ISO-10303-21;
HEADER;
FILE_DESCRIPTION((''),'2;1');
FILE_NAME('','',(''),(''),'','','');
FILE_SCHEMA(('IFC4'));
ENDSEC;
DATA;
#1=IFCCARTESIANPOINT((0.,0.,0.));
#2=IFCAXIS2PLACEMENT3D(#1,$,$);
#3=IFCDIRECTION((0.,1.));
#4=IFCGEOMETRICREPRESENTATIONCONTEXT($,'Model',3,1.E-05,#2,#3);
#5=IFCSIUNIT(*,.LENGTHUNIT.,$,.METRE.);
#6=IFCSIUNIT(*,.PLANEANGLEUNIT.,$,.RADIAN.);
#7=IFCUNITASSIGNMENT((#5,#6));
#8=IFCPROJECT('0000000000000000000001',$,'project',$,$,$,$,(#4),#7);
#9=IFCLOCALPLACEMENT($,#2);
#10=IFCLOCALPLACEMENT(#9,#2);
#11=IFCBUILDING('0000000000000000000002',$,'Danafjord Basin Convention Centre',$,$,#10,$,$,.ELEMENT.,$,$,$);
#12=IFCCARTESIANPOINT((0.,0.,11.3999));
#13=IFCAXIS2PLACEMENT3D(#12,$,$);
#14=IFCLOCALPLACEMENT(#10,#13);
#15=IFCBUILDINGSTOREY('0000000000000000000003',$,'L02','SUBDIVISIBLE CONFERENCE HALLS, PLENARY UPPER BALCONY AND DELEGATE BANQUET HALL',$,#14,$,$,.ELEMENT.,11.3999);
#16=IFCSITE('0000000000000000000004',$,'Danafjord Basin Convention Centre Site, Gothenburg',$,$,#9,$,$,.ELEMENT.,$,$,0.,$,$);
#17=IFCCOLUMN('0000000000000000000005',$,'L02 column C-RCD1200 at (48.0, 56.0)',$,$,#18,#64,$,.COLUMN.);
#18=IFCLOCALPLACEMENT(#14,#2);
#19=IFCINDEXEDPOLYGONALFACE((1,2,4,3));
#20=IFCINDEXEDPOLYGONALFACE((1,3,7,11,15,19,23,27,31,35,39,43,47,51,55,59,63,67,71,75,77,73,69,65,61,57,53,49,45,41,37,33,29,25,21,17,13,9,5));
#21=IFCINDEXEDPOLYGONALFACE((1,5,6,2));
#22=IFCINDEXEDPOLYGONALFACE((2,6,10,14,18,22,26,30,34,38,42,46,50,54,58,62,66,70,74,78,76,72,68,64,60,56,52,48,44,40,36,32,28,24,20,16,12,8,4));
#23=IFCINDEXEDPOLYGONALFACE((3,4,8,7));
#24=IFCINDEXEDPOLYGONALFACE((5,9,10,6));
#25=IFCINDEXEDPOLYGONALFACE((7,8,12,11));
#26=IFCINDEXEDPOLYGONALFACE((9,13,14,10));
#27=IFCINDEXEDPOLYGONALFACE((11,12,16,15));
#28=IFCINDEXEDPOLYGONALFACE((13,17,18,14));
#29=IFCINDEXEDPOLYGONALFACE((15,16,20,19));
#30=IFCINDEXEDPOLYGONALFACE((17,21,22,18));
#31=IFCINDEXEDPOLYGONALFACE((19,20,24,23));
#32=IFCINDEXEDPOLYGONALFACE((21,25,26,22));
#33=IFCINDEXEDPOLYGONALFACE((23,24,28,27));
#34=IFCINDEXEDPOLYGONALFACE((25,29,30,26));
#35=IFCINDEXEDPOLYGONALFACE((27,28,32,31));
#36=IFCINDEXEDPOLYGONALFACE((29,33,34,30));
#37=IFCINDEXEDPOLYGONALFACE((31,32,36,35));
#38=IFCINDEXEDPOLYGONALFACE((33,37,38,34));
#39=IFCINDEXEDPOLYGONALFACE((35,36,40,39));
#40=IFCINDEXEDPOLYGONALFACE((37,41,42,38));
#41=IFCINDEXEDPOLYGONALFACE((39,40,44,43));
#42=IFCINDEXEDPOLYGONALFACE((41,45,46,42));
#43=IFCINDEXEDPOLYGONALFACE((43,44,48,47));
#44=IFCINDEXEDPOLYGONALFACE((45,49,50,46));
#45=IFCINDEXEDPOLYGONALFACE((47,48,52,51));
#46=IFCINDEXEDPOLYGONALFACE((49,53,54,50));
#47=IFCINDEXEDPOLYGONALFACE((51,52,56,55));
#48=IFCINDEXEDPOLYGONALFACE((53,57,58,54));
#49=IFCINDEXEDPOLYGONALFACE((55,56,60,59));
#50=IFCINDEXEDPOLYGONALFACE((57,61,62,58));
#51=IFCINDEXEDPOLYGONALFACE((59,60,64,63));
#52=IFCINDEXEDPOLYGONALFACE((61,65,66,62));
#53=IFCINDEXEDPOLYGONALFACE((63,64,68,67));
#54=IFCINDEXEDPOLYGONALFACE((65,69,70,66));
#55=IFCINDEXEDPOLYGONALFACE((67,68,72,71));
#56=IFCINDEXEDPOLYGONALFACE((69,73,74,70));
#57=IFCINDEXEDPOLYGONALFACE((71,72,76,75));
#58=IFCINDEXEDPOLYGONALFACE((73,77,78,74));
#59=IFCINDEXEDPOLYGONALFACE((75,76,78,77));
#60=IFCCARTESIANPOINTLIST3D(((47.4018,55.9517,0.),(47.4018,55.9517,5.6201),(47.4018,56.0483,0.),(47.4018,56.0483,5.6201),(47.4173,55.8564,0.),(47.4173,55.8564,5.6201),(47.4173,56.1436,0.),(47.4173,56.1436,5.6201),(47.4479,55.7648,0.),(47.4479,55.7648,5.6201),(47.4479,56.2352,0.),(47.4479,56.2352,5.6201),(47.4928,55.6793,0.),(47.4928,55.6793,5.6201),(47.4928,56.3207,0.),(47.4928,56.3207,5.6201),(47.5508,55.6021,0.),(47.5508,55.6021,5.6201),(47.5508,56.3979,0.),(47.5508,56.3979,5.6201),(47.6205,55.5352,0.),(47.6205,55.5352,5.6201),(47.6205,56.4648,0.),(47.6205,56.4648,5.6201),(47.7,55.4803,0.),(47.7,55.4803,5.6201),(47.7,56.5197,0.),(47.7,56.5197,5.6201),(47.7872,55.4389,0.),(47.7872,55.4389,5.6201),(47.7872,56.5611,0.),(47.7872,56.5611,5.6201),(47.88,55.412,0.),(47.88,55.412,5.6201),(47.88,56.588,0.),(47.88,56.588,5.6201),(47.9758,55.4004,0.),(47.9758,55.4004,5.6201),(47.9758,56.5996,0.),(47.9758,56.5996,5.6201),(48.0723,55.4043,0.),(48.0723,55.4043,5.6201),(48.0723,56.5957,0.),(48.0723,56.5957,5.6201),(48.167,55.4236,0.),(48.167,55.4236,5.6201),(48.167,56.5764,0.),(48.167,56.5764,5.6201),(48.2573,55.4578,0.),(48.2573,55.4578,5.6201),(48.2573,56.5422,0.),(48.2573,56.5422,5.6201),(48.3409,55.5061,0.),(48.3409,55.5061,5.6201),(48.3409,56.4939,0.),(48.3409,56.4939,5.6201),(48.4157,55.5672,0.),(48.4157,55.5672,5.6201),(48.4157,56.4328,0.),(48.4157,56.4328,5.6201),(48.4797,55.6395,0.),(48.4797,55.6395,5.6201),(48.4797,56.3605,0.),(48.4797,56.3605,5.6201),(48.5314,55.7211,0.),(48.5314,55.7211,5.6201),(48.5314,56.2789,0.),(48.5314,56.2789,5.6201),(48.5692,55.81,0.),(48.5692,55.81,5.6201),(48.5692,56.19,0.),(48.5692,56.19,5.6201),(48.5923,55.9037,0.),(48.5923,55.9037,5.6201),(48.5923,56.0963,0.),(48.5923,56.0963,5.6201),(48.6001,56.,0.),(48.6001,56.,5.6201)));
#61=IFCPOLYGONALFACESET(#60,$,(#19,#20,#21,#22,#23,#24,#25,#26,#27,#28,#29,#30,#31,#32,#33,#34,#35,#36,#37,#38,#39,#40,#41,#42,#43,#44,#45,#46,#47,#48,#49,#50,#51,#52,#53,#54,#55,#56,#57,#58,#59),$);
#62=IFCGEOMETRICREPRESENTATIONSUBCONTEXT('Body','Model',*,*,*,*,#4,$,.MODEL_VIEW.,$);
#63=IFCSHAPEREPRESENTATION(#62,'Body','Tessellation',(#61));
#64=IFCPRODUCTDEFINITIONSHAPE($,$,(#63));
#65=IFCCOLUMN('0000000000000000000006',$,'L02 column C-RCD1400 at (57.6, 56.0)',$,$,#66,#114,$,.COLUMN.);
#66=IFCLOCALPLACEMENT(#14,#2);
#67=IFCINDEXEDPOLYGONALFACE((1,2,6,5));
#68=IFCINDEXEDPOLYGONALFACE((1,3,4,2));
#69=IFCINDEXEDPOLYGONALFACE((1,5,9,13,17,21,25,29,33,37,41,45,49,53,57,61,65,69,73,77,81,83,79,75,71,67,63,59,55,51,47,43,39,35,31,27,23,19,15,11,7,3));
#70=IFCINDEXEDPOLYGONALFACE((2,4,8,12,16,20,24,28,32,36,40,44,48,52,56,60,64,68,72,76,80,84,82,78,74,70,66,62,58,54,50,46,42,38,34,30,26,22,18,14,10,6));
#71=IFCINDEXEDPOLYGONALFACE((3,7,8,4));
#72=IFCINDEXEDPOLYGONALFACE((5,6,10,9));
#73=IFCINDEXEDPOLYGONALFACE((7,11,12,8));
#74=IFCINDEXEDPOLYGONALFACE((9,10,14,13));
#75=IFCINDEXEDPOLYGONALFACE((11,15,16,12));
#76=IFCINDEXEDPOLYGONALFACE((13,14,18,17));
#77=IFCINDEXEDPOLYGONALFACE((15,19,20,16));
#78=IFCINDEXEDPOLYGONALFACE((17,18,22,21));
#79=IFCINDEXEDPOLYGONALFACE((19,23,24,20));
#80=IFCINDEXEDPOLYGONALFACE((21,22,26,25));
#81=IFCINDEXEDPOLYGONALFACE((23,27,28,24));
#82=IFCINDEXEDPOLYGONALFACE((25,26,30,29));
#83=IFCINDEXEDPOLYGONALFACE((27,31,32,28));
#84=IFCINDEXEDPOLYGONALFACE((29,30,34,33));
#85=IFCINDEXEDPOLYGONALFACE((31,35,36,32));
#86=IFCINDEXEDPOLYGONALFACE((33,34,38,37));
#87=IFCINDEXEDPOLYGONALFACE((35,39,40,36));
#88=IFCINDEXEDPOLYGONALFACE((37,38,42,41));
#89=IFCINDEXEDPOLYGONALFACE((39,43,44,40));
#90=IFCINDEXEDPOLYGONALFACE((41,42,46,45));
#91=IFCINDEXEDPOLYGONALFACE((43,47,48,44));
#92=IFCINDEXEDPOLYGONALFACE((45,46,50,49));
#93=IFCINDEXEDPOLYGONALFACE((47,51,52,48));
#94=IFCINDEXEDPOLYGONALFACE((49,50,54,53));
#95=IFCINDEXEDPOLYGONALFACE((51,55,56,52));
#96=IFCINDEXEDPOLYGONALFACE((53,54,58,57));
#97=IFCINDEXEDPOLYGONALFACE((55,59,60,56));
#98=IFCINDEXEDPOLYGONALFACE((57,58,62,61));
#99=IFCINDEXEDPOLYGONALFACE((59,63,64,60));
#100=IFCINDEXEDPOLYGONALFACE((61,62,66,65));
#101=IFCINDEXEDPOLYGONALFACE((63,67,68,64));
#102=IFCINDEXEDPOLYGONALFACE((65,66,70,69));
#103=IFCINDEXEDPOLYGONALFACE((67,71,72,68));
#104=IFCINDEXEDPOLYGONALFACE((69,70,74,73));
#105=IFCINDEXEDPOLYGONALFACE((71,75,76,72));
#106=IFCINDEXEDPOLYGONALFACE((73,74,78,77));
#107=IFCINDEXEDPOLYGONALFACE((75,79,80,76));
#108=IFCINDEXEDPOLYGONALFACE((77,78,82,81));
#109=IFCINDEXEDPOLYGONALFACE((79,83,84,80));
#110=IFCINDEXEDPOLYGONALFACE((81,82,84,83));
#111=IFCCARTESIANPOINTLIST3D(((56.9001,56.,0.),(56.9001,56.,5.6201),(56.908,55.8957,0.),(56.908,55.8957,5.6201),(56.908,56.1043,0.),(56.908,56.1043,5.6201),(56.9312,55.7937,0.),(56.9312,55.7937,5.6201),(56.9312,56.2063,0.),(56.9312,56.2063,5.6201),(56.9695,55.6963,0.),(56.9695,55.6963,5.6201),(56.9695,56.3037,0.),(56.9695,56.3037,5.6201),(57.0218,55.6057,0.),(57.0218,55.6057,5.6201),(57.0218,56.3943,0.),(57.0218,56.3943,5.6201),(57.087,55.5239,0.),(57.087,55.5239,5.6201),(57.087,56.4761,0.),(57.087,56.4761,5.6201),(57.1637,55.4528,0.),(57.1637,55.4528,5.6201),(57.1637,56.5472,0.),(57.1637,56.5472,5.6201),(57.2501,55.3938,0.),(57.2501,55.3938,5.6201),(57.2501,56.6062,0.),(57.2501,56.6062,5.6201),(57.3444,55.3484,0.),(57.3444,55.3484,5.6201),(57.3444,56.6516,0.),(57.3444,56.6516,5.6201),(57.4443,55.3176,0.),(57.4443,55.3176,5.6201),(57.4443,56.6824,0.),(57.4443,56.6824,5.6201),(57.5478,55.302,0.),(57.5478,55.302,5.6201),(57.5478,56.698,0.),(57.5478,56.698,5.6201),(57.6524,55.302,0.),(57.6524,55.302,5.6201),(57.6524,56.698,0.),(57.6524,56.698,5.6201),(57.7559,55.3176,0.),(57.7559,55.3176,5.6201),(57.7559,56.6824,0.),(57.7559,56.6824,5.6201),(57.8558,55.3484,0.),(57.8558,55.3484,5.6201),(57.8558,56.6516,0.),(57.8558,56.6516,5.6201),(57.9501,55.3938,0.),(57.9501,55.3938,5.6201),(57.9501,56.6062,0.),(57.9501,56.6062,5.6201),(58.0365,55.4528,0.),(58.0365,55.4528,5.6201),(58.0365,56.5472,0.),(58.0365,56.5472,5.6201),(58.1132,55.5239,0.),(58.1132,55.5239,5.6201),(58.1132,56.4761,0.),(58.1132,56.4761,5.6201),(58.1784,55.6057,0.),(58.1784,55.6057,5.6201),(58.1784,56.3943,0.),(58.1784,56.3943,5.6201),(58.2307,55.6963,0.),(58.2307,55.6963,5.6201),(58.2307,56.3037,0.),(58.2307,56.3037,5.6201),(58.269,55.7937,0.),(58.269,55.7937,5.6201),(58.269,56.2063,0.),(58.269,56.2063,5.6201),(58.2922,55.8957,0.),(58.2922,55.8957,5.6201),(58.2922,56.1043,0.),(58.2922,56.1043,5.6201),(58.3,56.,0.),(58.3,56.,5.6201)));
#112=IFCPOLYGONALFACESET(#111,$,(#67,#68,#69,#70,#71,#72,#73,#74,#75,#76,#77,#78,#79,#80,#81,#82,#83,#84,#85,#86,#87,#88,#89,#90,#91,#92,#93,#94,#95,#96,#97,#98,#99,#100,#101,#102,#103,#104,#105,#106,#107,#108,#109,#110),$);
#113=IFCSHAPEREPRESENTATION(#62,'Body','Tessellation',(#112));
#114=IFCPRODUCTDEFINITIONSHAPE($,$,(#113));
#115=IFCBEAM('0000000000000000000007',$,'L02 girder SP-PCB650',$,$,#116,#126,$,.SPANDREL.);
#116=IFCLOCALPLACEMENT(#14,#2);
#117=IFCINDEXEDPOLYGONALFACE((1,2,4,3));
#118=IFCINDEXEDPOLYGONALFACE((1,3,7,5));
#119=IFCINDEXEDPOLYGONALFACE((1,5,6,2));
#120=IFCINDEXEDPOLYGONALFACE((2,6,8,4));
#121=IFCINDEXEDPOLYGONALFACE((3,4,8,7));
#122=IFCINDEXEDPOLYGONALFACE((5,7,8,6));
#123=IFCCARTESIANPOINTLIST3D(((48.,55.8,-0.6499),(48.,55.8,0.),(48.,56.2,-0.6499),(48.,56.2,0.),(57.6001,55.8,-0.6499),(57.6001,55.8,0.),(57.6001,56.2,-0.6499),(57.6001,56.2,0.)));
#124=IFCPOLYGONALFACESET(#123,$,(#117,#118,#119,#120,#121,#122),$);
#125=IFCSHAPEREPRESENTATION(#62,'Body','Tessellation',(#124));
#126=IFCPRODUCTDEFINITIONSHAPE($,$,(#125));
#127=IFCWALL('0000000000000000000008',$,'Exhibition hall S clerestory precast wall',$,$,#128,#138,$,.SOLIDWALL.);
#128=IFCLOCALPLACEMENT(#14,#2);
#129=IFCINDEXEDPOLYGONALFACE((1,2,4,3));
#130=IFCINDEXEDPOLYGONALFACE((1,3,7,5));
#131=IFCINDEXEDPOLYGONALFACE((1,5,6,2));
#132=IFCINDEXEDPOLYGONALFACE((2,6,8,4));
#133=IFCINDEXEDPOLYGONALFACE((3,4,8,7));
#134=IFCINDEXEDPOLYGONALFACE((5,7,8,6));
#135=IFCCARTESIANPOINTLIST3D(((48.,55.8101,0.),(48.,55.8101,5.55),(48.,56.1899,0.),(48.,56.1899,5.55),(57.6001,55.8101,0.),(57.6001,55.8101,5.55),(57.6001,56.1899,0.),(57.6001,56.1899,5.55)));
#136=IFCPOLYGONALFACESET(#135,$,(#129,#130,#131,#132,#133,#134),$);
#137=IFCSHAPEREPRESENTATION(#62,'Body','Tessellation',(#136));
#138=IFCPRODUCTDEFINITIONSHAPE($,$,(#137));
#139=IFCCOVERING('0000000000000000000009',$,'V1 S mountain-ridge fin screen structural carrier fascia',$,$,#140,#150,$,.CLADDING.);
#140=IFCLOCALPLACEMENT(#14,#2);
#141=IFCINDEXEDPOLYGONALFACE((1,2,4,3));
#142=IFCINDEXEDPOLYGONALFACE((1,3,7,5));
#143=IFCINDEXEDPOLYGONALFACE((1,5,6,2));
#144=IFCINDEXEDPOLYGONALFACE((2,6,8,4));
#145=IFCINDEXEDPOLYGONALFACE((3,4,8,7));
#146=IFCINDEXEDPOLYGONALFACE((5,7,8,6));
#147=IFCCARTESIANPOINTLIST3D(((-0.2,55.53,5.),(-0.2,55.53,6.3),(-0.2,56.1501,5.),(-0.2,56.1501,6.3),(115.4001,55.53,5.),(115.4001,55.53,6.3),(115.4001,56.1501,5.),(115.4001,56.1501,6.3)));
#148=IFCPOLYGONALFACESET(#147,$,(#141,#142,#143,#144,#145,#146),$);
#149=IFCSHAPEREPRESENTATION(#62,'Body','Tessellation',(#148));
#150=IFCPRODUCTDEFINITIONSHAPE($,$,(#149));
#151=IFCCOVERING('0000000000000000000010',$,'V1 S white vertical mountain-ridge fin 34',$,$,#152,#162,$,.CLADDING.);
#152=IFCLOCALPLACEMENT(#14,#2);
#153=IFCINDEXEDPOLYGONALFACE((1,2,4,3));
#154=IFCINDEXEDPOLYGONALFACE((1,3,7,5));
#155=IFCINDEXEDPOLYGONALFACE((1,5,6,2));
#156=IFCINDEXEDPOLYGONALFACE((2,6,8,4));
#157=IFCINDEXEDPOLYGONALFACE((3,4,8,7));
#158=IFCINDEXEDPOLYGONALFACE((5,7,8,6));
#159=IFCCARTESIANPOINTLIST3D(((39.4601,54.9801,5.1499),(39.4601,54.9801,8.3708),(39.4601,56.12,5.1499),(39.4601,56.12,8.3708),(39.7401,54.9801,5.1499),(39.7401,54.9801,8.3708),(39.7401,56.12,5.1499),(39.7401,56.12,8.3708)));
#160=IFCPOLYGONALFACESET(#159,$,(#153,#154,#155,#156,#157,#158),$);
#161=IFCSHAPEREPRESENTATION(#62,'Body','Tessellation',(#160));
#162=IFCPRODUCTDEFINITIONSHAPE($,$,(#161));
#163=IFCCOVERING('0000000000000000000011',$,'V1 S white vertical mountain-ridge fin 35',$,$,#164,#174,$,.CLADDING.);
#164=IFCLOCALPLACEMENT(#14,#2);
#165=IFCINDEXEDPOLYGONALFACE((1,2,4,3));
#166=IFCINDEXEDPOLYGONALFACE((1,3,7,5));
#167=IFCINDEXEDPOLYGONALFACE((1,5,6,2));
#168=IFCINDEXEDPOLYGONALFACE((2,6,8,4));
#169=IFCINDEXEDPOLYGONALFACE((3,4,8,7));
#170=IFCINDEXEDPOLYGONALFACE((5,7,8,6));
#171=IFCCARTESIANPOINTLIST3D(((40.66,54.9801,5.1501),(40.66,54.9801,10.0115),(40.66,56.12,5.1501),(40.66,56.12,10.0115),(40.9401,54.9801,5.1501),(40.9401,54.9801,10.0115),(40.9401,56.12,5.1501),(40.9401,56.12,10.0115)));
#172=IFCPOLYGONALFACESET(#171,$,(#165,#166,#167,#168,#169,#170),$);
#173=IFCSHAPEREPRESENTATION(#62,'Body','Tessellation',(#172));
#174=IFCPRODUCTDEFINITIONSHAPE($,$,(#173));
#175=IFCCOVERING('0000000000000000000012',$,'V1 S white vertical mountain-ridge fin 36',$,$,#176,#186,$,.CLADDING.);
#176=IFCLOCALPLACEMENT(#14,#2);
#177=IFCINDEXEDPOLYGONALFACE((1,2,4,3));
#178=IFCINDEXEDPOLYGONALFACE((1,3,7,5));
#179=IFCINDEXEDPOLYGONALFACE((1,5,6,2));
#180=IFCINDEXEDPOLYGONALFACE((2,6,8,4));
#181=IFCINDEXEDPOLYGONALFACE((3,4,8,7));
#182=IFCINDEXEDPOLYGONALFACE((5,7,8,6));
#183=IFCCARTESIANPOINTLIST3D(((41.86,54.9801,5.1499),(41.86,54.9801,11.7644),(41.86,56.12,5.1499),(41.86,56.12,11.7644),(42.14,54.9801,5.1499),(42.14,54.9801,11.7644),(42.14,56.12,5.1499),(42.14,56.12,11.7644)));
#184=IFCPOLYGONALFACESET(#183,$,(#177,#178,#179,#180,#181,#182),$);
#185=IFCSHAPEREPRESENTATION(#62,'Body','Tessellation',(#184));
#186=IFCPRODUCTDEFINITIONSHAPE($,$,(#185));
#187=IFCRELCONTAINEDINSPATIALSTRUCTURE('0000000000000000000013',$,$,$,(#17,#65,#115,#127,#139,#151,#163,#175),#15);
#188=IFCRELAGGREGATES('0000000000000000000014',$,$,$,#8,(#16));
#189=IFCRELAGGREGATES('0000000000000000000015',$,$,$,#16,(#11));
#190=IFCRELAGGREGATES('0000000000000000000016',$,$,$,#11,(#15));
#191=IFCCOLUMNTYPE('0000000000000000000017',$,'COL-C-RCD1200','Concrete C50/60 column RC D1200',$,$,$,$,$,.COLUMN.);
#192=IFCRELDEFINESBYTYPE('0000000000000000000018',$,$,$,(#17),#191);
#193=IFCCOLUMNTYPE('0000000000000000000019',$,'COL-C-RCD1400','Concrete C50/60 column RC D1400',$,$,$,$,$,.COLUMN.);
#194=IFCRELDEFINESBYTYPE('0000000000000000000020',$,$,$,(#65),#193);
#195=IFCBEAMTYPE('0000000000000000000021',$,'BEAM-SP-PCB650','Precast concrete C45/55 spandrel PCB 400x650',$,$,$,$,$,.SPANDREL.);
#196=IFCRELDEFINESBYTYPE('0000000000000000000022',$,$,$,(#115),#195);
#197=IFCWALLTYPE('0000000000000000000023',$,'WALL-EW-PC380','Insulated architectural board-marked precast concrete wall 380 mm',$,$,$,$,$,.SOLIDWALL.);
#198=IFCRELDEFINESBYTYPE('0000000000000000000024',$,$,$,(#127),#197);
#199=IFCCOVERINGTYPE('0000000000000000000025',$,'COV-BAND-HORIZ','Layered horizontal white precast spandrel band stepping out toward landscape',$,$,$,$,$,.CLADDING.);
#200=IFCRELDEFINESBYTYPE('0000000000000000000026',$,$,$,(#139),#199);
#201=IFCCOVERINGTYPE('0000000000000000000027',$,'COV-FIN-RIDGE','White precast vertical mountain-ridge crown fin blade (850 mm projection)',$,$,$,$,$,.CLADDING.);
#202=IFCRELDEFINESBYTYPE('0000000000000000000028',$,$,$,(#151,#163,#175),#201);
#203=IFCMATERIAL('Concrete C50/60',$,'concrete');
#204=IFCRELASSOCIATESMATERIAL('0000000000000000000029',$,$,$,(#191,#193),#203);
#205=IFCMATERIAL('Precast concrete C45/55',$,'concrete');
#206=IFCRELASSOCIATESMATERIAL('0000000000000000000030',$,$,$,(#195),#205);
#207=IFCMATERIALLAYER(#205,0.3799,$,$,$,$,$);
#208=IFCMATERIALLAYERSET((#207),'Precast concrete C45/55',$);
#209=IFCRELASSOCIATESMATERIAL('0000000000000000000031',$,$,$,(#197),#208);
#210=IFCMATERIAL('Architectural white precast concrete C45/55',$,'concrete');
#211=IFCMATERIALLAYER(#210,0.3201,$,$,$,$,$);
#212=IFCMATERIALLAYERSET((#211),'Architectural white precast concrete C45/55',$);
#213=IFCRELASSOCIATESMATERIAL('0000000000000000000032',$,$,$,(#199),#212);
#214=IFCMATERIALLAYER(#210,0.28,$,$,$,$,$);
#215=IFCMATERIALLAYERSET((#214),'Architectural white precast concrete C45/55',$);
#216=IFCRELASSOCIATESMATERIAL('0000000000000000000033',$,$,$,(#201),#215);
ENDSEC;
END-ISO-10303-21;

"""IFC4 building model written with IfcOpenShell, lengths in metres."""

from ifc_helpers import new_model, si_unit, direction, frame, frame_2d, origin, origin_2d, place, context, subcontext, project, spatial, rectangle, circle, extrude, material, layer, layer_set, material_profile, profile_set, type_object, element, save


model = new_model("IFC4")

# Units and contexts
model_context = context("Model", 3, precision=1e-05, world=origin(), true_north=direction((0.0, 1.0)))
body_context = subcontext(model_context, "Body", "Model", "MODEL_VIEW")
ifc_project = project(units=[si_unit("LENGTHUNIT", "METRE"), si_unit("PLANEANGLEUNIT", "RADIAN")], contexts=[model_context])

# Site, building, storey
site_placement = place(None, origin())
site = spatial("IfcSite", under=ifc_project, at=site_placement, Name="Danafjord Basin Convention Centre Site, Gothenburg", CompositionType="ELEMENT", RefElevation=0.0)
building_placement = place(site_placement, origin())
building = spatial("IfcBuilding", under=site, at=building_placement, Name="Danafjord Basin Convention Centre", CompositionType="ELEMENT")
storey_placement = place(building_placement, frame((0.0, 0.0, 11.3999)))
storey = spatial("IfcBuildingStorey", under=building, at=storey_placement, Name="L02", Description="SUBDIVISIBLE CONFERENCE HALLS, PLENARY UPPER BALCONY AND DELEGATE BANQUET HALL", CompositionType="ELEMENT", Elevation=11.3999)

# Columns
ifc_material_1 = material(Name="Concrete C50/60", Category="concrete")
ifc_material_profile_1 = material_profile(ifc_material_1, circle(Radius=0.6001, at=origin_2d()), Name="RC D1200")
ifc_profile_set_1 = profile_set([ifc_material_profile_1], Name="Concrete C50/60")
column_type_1 = type_object("IfcColumnType", Name="COL-C-RCD1200", Description="Concrete C50/60 column RC D1200", PredefinedType="COLUMN", material=ifc_profile_set_1)
column_1_placement = place(storey_placement, frame((48.0, 56.0, 0.0), z_axis=(0.0, 0.0, 1.0), x_axis=(1.0, 0.0, 0.0)))
element("IfcColumn", 1, at=column_1_placement, inside=storey, type_object=column_type_1, Name="L02 column C-RCD1200 at (48.0, 56.0)", PredefinedType="COLUMN", context=body_context, shape_type="SweptSolid", body=[
    extrude(circle(Radius=0.6001, at=origin_2d()), origin(), (0.0, 0.0, 1.0), 5.6201),
])
ifc_material_profile_2 = material_profile(ifc_material_1, circle(Radius=0.7, at=origin_2d()), Name="RC D1400")
ifc_profile_set_2 = profile_set([ifc_material_profile_2], Name="Concrete C50/60")
column_type_2 = type_object("IfcColumnType", Name="COL-C-RCD1400", Description="Concrete C50/60 column RC D1400", PredefinedType="COLUMN", material=ifc_profile_set_2)
column_2_placement = place(storey_placement, frame((57.6001, 56.0, 0.0), z_axis=(0.0, 0.0, 1.0), x_axis=(1.0, 0.0, 0.0)))
element("IfcColumn", 2, at=column_2_placement, inside=storey, type_object=column_type_2, Name="L02 column C-RCD1400 at (57.6, 56.0)", PredefinedType="COLUMN", context=body_context, shape_type="SweptSolid", body=[
    extrude(circle(Radius=0.7, at=origin_2d()), origin(), (0.0, 0.0, 1.0), 5.6201),
])

# Beam
ifc_material_2 = material(Name="Precast concrete C45/55", Category="concrete")
ifc_material_profile_3 = material_profile(ifc_material_2, rectangle(XDim=0.3999, YDim=0.6499, at=origin_2d()), Name="PCB 400x650")
ifc_profile_set_3 = profile_set([ifc_material_profile_3], Name="Precast concrete C45/55")
beam_type = type_object("IfcBeamType", Name="BEAM-SP-PCB650", Description="Precast concrete C45/55 spandrel PCB 400x650", PredefinedType="SPANDREL", material=ifc_profile_set_3)
beam_placement = place(storey_placement, frame((48.0, 56.0, -0.325), z_axis=(1.0, 0.0, 0.0), x_axis=(0.0, 1.0, 0.0)))
element("IfcBeam", 3, at=beam_placement, inside=storey, type_object=beam_type, Name="L02 girder SP-PCB650", PredefinedType="SPANDREL", context=body_context, shape_type="SweptSolid", body=[
    extrude(rectangle(XDim=0.3999, YDim=0.6499, at=origin_2d()), origin(), (0.0, 0.0, 1.0), 9.6001),
])

# Wall
ifc_layer_1 = layer(ifc_material_2, 0.3799)
ifc_layer_set_1 = layer_set([ifc_layer_1], Name="Precast concrete C45/55")
wall_type = type_object("IfcWallType", Name="WALL-EW-PC380", Description="Insulated architectural board-marked precast concrete wall 380 mm", PredefinedType="SOLIDWALL", material=ifc_layer_set_1)
wall_placement = place(storey_placement, frame((48.0, 56.0, 0.0), z_axis=(0.0, 0.0, 1.0), x_axis=(1.0, 0.0, 0.0)))
element("IfcWall", 4, at=wall_placement, inside=storey, type_object=wall_type, Name="Exhibition hall S clerestory precast wall", PredefinedType="SOLIDWALL", context=body_context, shape_type="SweptSolid", body=[
    extrude(rectangle(XDim=9.6001, YDim=0.3799, at=frame_2d((4.8, 0.0))), origin(), (0.0, 0.0, 1.0), 5.55),
])

# Coverings
ifc_material_3 = material(Name="Architectural white precast concrete C45/55", Category="concrete")
ifc_layer_2 = layer(ifc_material_3, 0.3201)
ifc_layer_set_2 = layer_set([ifc_layer_2], Name="Architectural white precast concrete C45/55")
covering_type_1 = type_object("IfcCoveringType", Name="COV-BAND-HORIZ", Description="Layered horizontal white precast spandrel band stepping out toward landscape", PredefinedType="CLADDING", material=ifc_layer_set_2)
covering_1_placement = place(storey_placement, frame((57.6001, 55.8401, 5.0), z_axis=(0.0, 0.0, 1.0), x_axis=(1.0, 0.0, 0.0)))
element("IfcCovering", 5, at=covering_1_placement, inside=storey, type_object=covering_type_1, Name="V1 S mountain-ridge fin screen structural carrier fascia", PredefinedType="CLADDING", context=body_context, shape_type="SweptSolid", body=[
    extrude(rectangle(XDim=115.6001, YDim=0.6201, at=origin_2d()), origin(), (0.0, 0.0, 1.0), 1.3),
])
ifc_layer_3 = layer(ifc_material_3, 0.28)
ifc_layer_set_3 = layer_set([ifc_layer_3], Name="Architectural white precast concrete C45/55")
covering_type_2 = type_object("IfcCoveringType", Name="COV-FIN-RIDGE", Description="White precast vertical mountain-ridge crown fin blade (850 mm projection)", PredefinedType="CLADDING", material=ifc_layer_set_3)
covering_2_placement = place(storey_placement, frame((39.6001, 55.55, 5.1499), z_axis=(0.0, 0.0, 1.0), x_axis=(0.0, 1.0, 0.0)))
element("IfcCovering", 6, at=covering_2_placement, inside=storey, type_object=covering_type_2, Name="V1 S white vertical mountain-ridge fin 34", PredefinedType="CLADDING", context=body_context, shape_type="SweptSolid", body=[
    extrude(rectangle(XDim=1.1399, YDim=0.28, at=origin_2d()), origin(), (0.0, 0.0, 1.0), 3.2209),
])
covering_3_placement = place(storey_placement, frame((40.8, 55.55, 5.1501), z_axis=(0.0, 0.0, 1.0), x_axis=(0.0, 1.0, 0.0)))
element("IfcCovering", 7, at=covering_3_placement, inside=storey, type_object=covering_type_2, Name="V1 S white vertical mountain-ridge fin 35", PredefinedType="CLADDING", context=body_context, shape_type="SweptSolid", body=[
    extrude(rectangle(XDim=1.1399, YDim=0.28, at=origin_2d()), origin(), (0.0, 0.0, 1.0), 4.8613),
])
covering_4_placement = place(storey_placement, frame((42.0, 55.55, 5.1499), z_axis=(0.0, 0.0, 1.0), x_axis=(0.0, 1.0, 0.0)))
element("IfcCovering", 8, at=covering_4_placement, inside=storey, type_object=covering_type_2, Name="V1 S white vertical mountain-ridge fin 36", PredefinedType="CLADDING", context=body_context, shape_type="SweptSolid", body=[
    extrude(rectangle(XDim=1.1399, YDim=0.28, at=origin_2d()), origin(), (0.0, 0.0, 1.0), 6.6145),
])

save(model, "model.ifc")
